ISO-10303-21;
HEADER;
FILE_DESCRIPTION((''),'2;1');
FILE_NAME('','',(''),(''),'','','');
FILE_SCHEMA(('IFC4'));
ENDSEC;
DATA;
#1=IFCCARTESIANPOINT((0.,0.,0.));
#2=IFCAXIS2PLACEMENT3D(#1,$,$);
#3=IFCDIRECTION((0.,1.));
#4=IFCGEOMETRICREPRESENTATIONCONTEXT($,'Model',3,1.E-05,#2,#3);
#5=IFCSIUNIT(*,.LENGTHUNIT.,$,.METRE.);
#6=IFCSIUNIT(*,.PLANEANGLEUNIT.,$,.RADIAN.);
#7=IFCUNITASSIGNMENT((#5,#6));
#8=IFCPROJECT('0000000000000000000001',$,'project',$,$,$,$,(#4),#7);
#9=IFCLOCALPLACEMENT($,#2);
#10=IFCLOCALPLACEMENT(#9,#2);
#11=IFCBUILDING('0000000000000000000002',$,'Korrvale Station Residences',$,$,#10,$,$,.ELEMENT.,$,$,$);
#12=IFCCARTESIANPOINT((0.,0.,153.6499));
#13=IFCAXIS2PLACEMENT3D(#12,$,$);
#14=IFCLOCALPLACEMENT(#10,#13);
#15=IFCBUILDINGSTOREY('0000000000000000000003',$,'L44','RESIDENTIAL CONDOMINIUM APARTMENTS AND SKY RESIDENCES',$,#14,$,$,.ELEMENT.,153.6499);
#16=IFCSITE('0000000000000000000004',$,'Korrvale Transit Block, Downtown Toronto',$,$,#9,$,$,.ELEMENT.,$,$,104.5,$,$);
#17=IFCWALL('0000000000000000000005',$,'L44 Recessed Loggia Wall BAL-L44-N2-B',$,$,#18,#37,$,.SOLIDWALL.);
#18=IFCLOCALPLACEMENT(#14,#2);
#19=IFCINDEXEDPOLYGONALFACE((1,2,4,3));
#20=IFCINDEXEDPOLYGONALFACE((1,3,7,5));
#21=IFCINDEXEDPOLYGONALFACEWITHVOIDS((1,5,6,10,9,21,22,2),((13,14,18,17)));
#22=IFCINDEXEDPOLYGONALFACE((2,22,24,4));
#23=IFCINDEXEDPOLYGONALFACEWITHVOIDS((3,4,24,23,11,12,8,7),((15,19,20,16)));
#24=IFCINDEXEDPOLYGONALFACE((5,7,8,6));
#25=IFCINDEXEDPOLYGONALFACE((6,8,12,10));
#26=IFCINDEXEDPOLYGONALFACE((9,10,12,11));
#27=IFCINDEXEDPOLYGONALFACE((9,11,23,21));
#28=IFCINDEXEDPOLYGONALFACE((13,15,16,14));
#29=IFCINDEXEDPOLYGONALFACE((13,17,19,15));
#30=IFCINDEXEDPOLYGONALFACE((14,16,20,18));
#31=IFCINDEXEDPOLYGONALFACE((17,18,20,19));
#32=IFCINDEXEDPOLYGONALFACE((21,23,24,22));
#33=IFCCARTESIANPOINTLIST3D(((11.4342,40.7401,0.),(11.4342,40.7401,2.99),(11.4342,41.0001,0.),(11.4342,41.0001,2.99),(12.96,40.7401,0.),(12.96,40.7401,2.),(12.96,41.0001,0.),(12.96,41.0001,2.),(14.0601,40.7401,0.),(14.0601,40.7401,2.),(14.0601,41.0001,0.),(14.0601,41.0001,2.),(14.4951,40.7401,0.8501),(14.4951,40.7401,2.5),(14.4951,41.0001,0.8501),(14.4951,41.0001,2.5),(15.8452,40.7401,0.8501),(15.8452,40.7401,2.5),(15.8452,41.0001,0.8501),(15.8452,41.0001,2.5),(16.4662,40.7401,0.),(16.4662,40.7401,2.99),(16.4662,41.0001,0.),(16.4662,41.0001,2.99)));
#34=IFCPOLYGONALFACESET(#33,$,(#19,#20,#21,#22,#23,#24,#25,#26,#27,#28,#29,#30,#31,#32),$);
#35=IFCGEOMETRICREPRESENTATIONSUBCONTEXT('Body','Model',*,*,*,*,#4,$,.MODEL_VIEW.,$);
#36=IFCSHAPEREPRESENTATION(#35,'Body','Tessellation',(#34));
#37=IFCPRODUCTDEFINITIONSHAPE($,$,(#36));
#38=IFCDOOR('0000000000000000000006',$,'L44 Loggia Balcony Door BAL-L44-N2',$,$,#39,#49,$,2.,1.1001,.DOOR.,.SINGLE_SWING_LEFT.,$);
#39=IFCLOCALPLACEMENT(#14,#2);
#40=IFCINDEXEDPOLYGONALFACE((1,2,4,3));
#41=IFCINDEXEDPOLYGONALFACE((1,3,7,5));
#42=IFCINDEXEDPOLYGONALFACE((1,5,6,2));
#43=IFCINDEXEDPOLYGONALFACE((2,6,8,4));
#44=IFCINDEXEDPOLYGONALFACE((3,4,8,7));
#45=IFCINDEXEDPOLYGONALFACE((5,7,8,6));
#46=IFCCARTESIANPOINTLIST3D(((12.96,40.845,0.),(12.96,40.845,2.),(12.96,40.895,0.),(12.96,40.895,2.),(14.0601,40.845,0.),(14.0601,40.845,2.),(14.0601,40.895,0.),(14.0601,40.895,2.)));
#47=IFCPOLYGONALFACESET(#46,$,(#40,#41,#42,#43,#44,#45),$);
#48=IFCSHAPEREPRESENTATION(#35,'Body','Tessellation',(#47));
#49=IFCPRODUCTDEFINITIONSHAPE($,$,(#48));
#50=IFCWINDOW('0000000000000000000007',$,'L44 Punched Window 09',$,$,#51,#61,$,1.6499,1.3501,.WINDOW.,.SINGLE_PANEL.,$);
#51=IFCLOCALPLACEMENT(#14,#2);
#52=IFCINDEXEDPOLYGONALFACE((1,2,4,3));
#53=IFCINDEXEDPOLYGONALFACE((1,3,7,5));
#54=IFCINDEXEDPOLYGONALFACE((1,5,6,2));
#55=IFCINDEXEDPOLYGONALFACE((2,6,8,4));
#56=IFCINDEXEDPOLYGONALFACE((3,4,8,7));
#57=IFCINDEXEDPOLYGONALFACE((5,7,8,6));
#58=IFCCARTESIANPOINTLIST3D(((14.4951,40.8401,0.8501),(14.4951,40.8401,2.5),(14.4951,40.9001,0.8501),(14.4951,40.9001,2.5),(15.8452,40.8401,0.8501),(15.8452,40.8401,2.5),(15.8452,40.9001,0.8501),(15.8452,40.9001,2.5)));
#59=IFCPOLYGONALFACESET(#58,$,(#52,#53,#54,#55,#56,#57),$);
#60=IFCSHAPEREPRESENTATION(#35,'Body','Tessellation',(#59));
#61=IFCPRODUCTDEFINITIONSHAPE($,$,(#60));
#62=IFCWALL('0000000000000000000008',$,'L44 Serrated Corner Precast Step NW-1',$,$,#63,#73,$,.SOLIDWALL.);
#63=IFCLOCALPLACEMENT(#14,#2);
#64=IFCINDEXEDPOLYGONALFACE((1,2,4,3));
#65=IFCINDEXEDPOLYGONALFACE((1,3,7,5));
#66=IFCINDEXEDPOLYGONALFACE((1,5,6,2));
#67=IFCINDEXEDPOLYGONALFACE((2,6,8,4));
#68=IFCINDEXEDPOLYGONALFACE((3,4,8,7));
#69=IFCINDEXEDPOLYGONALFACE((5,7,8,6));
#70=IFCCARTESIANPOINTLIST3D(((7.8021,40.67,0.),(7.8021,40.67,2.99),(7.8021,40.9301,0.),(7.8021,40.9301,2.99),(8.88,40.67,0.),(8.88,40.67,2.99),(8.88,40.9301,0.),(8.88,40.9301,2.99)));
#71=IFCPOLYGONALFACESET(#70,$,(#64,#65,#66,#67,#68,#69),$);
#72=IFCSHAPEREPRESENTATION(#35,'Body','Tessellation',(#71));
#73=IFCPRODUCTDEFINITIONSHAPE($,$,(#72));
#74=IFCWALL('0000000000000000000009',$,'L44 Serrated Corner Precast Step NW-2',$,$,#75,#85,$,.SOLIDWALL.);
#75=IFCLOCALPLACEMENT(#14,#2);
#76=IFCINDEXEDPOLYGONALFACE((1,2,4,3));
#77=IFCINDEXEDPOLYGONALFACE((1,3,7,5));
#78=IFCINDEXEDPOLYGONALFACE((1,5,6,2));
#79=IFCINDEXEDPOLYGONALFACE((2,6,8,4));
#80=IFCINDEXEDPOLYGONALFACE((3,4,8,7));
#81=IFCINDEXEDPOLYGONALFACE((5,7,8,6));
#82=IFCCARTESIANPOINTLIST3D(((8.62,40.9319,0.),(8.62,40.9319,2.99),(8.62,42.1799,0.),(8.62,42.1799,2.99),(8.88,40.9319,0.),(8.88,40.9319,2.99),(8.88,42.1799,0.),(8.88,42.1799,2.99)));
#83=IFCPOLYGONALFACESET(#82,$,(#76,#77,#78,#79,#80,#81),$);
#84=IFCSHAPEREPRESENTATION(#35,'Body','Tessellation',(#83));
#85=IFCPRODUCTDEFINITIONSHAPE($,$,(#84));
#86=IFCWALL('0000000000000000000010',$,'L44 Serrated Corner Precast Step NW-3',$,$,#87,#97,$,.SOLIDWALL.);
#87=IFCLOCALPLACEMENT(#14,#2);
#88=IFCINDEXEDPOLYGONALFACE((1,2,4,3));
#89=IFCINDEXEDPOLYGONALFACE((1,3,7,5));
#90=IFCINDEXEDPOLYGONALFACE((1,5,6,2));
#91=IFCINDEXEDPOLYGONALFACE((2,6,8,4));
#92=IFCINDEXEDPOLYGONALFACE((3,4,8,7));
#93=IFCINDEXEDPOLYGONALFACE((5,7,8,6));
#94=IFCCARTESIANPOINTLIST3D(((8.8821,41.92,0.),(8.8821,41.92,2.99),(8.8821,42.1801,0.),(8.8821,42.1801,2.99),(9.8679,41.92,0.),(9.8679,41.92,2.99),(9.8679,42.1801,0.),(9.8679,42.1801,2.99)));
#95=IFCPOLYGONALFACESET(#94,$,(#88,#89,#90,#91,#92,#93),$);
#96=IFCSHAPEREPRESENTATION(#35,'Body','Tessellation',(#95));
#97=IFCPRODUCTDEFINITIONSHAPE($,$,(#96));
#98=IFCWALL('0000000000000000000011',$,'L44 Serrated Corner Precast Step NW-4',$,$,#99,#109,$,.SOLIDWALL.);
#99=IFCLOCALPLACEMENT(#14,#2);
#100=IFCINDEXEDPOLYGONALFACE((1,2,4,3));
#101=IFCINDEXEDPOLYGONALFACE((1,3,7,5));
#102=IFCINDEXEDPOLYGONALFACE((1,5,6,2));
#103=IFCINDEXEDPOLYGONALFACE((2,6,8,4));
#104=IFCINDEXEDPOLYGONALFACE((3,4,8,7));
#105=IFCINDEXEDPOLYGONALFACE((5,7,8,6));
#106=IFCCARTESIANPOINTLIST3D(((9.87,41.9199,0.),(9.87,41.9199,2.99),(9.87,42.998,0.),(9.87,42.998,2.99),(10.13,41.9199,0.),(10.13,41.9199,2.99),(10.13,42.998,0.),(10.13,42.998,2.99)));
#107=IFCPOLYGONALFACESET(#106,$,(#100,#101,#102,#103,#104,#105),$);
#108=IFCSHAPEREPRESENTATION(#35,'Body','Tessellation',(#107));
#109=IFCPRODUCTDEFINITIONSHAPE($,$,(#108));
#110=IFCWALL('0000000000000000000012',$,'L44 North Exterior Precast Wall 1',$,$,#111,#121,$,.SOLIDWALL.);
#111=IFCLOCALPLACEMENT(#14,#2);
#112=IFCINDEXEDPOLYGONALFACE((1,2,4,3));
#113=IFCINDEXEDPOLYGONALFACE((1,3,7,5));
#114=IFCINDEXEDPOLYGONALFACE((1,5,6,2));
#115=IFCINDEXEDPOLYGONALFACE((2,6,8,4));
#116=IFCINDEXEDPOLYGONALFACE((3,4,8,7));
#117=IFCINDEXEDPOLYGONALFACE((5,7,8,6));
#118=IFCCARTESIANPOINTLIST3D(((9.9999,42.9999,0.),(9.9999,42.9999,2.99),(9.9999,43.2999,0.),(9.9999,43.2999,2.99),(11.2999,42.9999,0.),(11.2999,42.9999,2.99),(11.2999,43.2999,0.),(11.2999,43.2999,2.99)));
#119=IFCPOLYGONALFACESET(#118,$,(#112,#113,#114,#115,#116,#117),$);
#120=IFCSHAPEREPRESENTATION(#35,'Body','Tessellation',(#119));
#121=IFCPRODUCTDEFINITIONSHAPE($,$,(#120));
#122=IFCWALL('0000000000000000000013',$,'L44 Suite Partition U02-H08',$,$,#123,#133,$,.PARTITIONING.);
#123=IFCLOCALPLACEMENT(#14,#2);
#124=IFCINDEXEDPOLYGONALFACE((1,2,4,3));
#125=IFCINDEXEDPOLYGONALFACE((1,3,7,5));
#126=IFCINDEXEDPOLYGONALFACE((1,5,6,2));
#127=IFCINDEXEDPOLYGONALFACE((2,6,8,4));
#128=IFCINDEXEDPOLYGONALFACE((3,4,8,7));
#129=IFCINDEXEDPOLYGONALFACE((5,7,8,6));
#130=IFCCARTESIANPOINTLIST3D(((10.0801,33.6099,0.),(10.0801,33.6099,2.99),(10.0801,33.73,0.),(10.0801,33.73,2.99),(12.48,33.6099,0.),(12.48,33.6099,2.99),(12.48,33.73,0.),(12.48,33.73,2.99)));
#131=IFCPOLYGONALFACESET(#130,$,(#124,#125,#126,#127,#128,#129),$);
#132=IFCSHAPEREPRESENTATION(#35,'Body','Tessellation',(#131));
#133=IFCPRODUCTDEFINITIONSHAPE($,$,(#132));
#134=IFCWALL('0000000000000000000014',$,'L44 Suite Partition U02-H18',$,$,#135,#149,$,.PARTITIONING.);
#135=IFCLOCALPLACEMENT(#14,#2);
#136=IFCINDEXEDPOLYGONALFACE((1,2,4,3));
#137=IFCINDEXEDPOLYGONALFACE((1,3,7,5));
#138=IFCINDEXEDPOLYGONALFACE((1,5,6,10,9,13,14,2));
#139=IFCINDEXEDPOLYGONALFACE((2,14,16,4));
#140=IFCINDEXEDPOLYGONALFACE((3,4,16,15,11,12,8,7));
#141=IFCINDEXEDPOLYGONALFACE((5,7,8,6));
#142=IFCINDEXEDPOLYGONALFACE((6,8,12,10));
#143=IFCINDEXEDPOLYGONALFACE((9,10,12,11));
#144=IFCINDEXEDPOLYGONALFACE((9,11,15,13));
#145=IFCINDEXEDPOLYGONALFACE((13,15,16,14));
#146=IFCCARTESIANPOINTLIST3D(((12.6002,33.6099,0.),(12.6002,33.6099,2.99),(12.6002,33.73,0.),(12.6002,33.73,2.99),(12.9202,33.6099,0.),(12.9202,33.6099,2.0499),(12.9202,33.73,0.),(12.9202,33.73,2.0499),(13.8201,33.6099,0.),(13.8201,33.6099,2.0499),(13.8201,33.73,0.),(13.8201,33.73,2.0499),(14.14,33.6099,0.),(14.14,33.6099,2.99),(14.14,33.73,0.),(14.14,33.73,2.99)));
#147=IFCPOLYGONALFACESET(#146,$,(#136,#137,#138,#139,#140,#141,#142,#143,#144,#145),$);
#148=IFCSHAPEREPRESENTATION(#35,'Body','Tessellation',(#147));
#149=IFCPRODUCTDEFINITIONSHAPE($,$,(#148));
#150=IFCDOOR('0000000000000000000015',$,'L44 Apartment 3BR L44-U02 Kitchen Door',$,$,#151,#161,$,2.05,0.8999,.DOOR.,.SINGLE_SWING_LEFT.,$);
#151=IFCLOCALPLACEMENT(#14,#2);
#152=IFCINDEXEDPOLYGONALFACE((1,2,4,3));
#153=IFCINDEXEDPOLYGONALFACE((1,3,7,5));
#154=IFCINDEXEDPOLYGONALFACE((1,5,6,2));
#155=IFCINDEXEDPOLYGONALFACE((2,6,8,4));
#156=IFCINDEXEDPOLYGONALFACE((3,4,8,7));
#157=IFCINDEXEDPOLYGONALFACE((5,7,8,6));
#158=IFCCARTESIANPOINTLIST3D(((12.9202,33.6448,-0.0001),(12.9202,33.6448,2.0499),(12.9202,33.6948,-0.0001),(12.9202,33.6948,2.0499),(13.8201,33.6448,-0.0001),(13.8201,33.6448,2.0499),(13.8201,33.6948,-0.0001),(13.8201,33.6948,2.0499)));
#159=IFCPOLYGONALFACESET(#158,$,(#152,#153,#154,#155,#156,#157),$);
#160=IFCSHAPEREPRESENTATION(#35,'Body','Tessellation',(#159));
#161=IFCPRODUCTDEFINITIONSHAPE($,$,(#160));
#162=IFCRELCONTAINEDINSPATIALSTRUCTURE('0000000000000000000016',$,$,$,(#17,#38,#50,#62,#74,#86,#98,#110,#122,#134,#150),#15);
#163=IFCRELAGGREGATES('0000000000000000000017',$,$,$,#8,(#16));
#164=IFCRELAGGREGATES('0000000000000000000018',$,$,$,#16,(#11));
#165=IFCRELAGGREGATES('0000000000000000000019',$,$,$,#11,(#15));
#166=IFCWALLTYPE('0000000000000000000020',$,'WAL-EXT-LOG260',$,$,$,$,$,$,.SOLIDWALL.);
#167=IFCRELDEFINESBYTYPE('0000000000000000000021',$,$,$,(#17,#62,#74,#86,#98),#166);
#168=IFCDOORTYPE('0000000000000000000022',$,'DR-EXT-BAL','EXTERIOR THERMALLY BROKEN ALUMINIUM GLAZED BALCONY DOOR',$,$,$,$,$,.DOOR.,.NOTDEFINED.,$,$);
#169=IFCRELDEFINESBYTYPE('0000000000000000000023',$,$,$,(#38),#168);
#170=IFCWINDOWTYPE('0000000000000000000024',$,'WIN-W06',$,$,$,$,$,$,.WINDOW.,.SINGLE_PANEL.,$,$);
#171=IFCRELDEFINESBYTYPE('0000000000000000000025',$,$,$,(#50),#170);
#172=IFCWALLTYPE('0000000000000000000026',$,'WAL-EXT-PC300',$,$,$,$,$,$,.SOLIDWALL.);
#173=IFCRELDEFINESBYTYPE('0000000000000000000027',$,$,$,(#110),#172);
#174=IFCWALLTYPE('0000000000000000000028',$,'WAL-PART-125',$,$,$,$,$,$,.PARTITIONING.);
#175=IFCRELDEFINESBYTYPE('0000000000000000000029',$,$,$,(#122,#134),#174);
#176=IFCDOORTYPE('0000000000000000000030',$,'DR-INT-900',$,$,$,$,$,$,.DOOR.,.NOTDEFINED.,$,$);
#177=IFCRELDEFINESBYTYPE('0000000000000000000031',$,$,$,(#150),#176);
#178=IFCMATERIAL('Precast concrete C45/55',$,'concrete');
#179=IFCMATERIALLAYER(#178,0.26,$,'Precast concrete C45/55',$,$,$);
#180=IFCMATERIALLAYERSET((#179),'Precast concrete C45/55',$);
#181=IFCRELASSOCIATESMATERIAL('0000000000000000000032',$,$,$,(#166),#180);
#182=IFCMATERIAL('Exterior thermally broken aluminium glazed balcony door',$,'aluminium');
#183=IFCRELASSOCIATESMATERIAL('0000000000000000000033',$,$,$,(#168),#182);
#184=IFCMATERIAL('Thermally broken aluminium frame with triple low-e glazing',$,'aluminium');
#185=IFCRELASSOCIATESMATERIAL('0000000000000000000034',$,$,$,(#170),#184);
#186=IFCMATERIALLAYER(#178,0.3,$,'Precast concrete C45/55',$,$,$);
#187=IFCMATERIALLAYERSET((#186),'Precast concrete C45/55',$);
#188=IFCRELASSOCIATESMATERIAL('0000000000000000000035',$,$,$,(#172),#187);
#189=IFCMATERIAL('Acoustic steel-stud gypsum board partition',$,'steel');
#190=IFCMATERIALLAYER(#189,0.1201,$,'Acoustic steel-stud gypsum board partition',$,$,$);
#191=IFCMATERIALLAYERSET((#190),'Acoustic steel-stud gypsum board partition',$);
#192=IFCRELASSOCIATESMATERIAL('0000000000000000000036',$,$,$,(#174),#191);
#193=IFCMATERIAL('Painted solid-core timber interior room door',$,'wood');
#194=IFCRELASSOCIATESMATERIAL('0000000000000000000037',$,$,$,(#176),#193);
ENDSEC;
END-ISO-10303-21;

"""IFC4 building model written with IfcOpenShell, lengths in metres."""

from ifc_helpers import new_model, si_unit, direction, frame, frame_2d, origin, place, context, subcontext, project, spatial, rectangle, extrude, material, layer, layer_set, type_object, element, fill, save


model = new_model("IFC4")

# Units and contexts
model_context = context("Model", 3, precision=1e-05, world=origin(), true_north=direction((0.0, 1.0)))
body_context = subcontext(model_context, "Body", "Model", "MODEL_VIEW")
ifc_project = project(units=[si_unit("LENGTHUNIT", "METRE"), si_unit("PLANEANGLEUNIT", "RADIAN")], contexts=[model_context])

# Site, building, storey
site_placement = place(None, origin())
site = spatial("IfcSite", under=ifc_project, at=site_placement, Name="Korrvale Transit Block, Downtown Toronto", CompositionType="ELEMENT", RefElevation=104.5)
building_placement = place(site_placement, origin())
building = spatial("IfcBuilding", under=site, at=building_placement, Name="Korrvale Station Residences", CompositionType="ELEMENT")
storey_placement = place(building_placement, frame((0.0, 0.0, 153.6499)))
storey = spatial("IfcBuildingStorey", under=building, at=storey_placement, Name="L44", Description="RESIDENTIAL CONDOMINIUM APARTMENTS AND SKY RESIDENCES", CompositionType="ELEMENT", Elevation=153.6499)

# Shared definitions
ifc_material_1 = material(Name="Precast concrete C45/55", Category="concrete")
ifc_layer_1 = layer(ifc_material_1, 0.26, Name="Precast concrete C45/55")
ifc_layer_set_1 = layer_set([ifc_layer_1], Name="Precast concrete C45/55")
wall_type_1 = type_object("IfcWallType", Name="WAL-EXT-LOG260", PredefinedType="SOLIDWALL", material=ifc_layer_set_1)

# Wall, openings, door, window
wall_1_placement = place(storey_placement, frame((11.4341, 40.8701, 0.0), z_axis=(0.0, 0.0, 1.0), x_axis=(1.0, 0.0, 0.0)))
wall_1 = element("IfcWall", 1, at=wall_1_placement, inside=storey, type_object=wall_type_1, Name="L44 Recessed Loggia Wall BAL-L44-N2-B", PredefinedType="SOLIDWALL", context=body_context, shape_type="SweptSolid", body=[
    extrude(rectangle(XDim=5.032, YDim=0.26, at=frame_2d((2.5161, 0.0))), origin(), (0.0, 0.0, 1.0), 2.99),
])
opening_1_placement = place(wall_1_placement, frame((1.5259, 0.0, 0.0)))
opening_1 = element("IfcOpeningElement", 2, at=opening_1_placement, cuts=wall_1, PredefinedType="OPENING", context=body_context, shape_type="SweptSolid", body=[
    extrude(rectangle(XDim=1.1001, YDim=2.0, at=frame_2d((0.55, 1.0))), frame((0.0, 0.1401, 0.0), z_axis=(0.0, -1.0, 0.0), x_axis=(1.0, 0.0, 0.0)), (0.0, 0.0, 1.0), 0.28),
])
opening_2_placement = place(wall_1_placement, frame((3.061, 0.0, 0.8501)))
opening_2 = element("IfcOpeningElement", 3, at=opening_2_placement, cuts=wall_1, PredefinedType="OPENING", context=body_context, shape_type="SweptSolid", body=[
    extrude(rectangle(XDim=1.3501, YDim=1.6499, at=frame_2d((0.675, 0.825))), frame((0.0, 0.1401, 0.0), z_axis=(0.0, -1.0, 0.0), x_axis=(1.0, 0.0, 0.0)), (0.0, 0.0, 1.0), 0.28),
])
ifc_material_2 = material(Name="Exterior thermally broken aluminium glazed balcony door", Category="aluminium")
door_type_1 = type_object("IfcDoorType", Name="DR-EXT-BAL", Description="EXTERIOR THERMALLY BROKEN ALUMINIUM GLAZED BALCONY DOOR", OperationType="NOTDEFINED", PredefinedType="DOOR", material=ifc_material_2)
door_1_placement = place(opening_1_placement, origin())
door_1 = element("IfcDoor", 4, at=door_1_placement, inside=storey, type_object=door_type_1, Name="L44 Loggia Balcony Door BAL-L44-N2", OperationType="SINGLE_SWING_LEFT", OverallHeight=2.0, OverallWidth=1.1001, PredefinedType="DOOR", context=body_context, shape_type="SweptSolid", body=[
    extrude(rectangle(XDim=1.1001, YDim=2.0, at=frame_2d((0.55, 1.0))), frame((0.0, 0.0249, 0.0), z_axis=(0.0, -1.0, 0.0), x_axis=(1.0, 0.0, 0.0)), (0.0, 0.0, 1.0), 0.05),
])
fill(opening_1, door_1)
ifc_material_3 = material(Name="Thermally broken aluminium frame with triple low-e glazing", Category="aluminium")
window_type = type_object("IfcWindowType", Name="WIN-W06", PartitioningType="SINGLE_PANEL", PredefinedType="WINDOW", material=ifc_material_3)
window_placement = place(opening_2_placement, origin())
window = element("IfcWindow", 5, at=window_placement, inside=storey, type_object=window_type, Name="L44 Punched Window 09", OverallHeight=1.6499, OverallWidth=1.3501, PartitioningType="SINGLE_PANEL", PredefinedType="WINDOW", context=body_context, shape_type="SweptSolid", body=[
    extrude(rectangle(XDim=1.3501, YDim=1.6499, at=frame_2d((0.675, 0.825))), frame((0.0, 0.03, 0.0), z_axis=(0.0, -1.0, 0.0), x_axis=(1.0, 0.0, 0.0)), (0.0, 0.0, 1.0), 0.0601),
])
fill(opening_2, window)

# Walls
wall_2_placement = place(storey_placement, frame((7.802, 40.8, 0.0), z_axis=(0.0, 0.0, 1.0), x_axis=(1.0, 0.0, 0.0)))
element("IfcWall", 6, at=wall_2_placement, inside=storey, type_object=wall_type_1, Name="L44 Serrated Corner Precast Step NW-1", PredefinedType="SOLIDWALL", context=body_context, shape_type="SweptSolid", body=[
    extrude(rectangle(XDim=1.0779, YDim=0.26, at=frame_2d((0.5391, 0.0))), origin(), (0.0, 0.0, 1.0), 2.99),
])
wall_3_placement = place(storey_placement, frame((8.75, 40.9319, 0.0), z_axis=(0.0, 0.0, 1.0), x_axis=(0.0, 1.0, 0.0)))
element("IfcWall", 7, at=wall_3_placement, inside=storey, type_object=wall_type_1, Name="L44 Serrated Corner Precast Step NW-2", PredefinedType="SOLIDWALL", context=body_context, shape_type="SweptSolid", body=[
    extrude(rectangle(XDim=1.248, YDim=0.26, at=frame_2d((0.624, 0.0))), origin(), (0.0, 0.0, 1.0), 2.99),
])
wall_4_placement = place(storey_placement, frame((8.8821, 42.05, 0.0), z_axis=(0.0, 0.0, 1.0), x_axis=(1.0, 0.0, 0.0)))
element("IfcWall", 8, at=wall_4_placement, inside=storey, type_object=wall_type_1, Name="L44 Serrated Corner Precast Step NW-3", PredefinedType="SOLIDWALL", context=body_context, shape_type="SweptSolid", body=[
    extrude(rectangle(XDim=0.9858, YDim=0.26, at=frame_2d((0.4929, 0.0))), origin(), (0.0, 0.0, 1.0), 2.99),
])
wall_5_placement = place(storey_placement, frame((10.0, 41.9199, 0.0), z_axis=(0.0, 0.0, 1.0), x_axis=(0.0, 1.0, 0.0)))
element("IfcWall", 9, at=wall_5_placement, inside=storey, type_object=wall_type_1, Name="L44 Serrated Corner Precast Step NW-4", PredefinedType="SOLIDWALL", context=body_context, shape_type="SweptSolid", body=[
    extrude(rectangle(XDim=1.0781, YDim=0.26, at=frame_2d((0.5391, 0.0))), origin(), (0.0, 0.0, 1.0), 2.99),
])
ifc_layer_2 = layer(ifc_material_1, 0.3, Name="Precast concrete C45/55")
ifc_layer_set_2 = layer_set([ifc_layer_2], Name="Precast concrete C45/55")
wall_type_2 = type_object("IfcWallType", Name="WAL-EXT-PC300", PredefinedType="SOLIDWALL", material=ifc_layer_set_2)
wall_6_placement = place(storey_placement, frame((10.0, 43.1499, 0.0), z_axis=(0.0, 0.0, 1.0), x_axis=(1.0, 0.0, 0.0)))
element("IfcWall", 10, at=wall_6_placement, inside=storey, type_object=wall_type_2, Name="L44 North Exterior Precast Wall 1", PredefinedType="SOLIDWALL", context=body_context, shape_type="SweptSolid", body=[
    extrude(rectangle(XDim=1.3, YDim=0.3, at=frame_2d((0.6499, 0.0))), origin(), (0.0, 0.0, 1.0), 2.99),
])
ifc_material_4 = material(Name="Acoustic steel-stud gypsum board partition", Category="steel")
ifc_layer_3 = layer(ifc_material_4, 0.1201, Name="Acoustic steel-stud gypsum board partition")
ifc_layer_set_3 = layer_set([ifc_layer_3], Name="Acoustic steel-stud gypsum board partition")
wall_type_3 = type_object("IfcWallType", Name="WAL-PART-125", PredefinedType="PARTITIONING", material=ifc_layer_set_3)
wall_7_placement = place(storey_placement, frame((10.0801, 33.6699, 0.0), z_axis=(0.0, 0.0, 1.0), x_axis=(1.0, 0.0, 0.0)))
element("IfcWall", 11, at=wall_7_placement, inside=storey, type_object=wall_type_3, Name="L44 Suite Partition U02-H08", PredefinedType="PARTITIONING", context=body_context, shape_type="SweptSolid", body=[
    extrude(rectangle(XDim=2.3999, YDim=0.1201, at=frame_2d((1.2, 0.0))), origin(), (0.0, 0.0, 1.0), 2.99),
])

# Wall, opening, door
wall_8_placement = place(storey_placement, frame((12.6001, 33.6699, 0.0), z_axis=(0.0, 0.0, 1.0), x_axis=(1.0, 0.0, 0.0)))
wall_8 = element("IfcWall", 12, at=wall_8_placement, inside=storey, type_object=wall_type_3, Name="L44 Suite Partition U02-H18", PredefinedType="PARTITIONING", context=body_context, shape_type="SweptSolid", body=[
    extrude(rectangle(XDim=1.5398, YDim=0.1201, at=frame_2d((0.77, 0.0))), origin(), (0.0, 0.0, 1.0), 2.99),
])
opening_3_placement = place(wall_8_placement, frame((0.3201, 0.0, 0.0)))
opening_3 = element("IfcOpeningElement", 13, at=opening_3_placement, cuts=wall_8, PredefinedType="OPENING", context=body_context, shape_type="SweptSolid", body=[
    extrude(rectangle(XDim=0.8999, YDim=2.05, at=frame_2d((0.45, 1.0249))), frame((0.0, 0.0701, 0.0), z_axis=(0.0, -1.0, 0.0), x_axis=(1.0, 0.0, 0.0)), (0.0, 0.0, 1.0), 0.1401),
])
ifc_material_5 = material(Name="Painted solid-core timber interior room door", Category="wood")
door_type_2 = type_object("IfcDoorType", Name="DR-INT-900", OperationType="NOTDEFINED", PredefinedType="DOOR", material=ifc_material_5)
door_2_placement = place(opening_3_placement, origin())
door_2 = element("IfcDoor", 14, at=door_2_placement, inside=storey, type_object=door_type_2, Name="L44 Apartment 3BR L44-U02 Kitchen Door", OperationType="SINGLE_SWING_LEFT", OverallHeight=2.05, OverallWidth=0.8999, PredefinedType="DOOR", context=body_context, shape_type="SweptSolid", body=[
    extrude(rectangle(XDim=0.8999, YDim=2.05, at=frame_2d((0.45, 1.0249))), frame((0.0, 0.0249, 0.0), z_axis=(0.0, -1.0, 0.0), x_axis=(1.0, 0.0, 0.0)), (0.0, 0.0, 1.0), 0.05),
])
fill(opening_3, door_2)

save(model, "model.ifc")
